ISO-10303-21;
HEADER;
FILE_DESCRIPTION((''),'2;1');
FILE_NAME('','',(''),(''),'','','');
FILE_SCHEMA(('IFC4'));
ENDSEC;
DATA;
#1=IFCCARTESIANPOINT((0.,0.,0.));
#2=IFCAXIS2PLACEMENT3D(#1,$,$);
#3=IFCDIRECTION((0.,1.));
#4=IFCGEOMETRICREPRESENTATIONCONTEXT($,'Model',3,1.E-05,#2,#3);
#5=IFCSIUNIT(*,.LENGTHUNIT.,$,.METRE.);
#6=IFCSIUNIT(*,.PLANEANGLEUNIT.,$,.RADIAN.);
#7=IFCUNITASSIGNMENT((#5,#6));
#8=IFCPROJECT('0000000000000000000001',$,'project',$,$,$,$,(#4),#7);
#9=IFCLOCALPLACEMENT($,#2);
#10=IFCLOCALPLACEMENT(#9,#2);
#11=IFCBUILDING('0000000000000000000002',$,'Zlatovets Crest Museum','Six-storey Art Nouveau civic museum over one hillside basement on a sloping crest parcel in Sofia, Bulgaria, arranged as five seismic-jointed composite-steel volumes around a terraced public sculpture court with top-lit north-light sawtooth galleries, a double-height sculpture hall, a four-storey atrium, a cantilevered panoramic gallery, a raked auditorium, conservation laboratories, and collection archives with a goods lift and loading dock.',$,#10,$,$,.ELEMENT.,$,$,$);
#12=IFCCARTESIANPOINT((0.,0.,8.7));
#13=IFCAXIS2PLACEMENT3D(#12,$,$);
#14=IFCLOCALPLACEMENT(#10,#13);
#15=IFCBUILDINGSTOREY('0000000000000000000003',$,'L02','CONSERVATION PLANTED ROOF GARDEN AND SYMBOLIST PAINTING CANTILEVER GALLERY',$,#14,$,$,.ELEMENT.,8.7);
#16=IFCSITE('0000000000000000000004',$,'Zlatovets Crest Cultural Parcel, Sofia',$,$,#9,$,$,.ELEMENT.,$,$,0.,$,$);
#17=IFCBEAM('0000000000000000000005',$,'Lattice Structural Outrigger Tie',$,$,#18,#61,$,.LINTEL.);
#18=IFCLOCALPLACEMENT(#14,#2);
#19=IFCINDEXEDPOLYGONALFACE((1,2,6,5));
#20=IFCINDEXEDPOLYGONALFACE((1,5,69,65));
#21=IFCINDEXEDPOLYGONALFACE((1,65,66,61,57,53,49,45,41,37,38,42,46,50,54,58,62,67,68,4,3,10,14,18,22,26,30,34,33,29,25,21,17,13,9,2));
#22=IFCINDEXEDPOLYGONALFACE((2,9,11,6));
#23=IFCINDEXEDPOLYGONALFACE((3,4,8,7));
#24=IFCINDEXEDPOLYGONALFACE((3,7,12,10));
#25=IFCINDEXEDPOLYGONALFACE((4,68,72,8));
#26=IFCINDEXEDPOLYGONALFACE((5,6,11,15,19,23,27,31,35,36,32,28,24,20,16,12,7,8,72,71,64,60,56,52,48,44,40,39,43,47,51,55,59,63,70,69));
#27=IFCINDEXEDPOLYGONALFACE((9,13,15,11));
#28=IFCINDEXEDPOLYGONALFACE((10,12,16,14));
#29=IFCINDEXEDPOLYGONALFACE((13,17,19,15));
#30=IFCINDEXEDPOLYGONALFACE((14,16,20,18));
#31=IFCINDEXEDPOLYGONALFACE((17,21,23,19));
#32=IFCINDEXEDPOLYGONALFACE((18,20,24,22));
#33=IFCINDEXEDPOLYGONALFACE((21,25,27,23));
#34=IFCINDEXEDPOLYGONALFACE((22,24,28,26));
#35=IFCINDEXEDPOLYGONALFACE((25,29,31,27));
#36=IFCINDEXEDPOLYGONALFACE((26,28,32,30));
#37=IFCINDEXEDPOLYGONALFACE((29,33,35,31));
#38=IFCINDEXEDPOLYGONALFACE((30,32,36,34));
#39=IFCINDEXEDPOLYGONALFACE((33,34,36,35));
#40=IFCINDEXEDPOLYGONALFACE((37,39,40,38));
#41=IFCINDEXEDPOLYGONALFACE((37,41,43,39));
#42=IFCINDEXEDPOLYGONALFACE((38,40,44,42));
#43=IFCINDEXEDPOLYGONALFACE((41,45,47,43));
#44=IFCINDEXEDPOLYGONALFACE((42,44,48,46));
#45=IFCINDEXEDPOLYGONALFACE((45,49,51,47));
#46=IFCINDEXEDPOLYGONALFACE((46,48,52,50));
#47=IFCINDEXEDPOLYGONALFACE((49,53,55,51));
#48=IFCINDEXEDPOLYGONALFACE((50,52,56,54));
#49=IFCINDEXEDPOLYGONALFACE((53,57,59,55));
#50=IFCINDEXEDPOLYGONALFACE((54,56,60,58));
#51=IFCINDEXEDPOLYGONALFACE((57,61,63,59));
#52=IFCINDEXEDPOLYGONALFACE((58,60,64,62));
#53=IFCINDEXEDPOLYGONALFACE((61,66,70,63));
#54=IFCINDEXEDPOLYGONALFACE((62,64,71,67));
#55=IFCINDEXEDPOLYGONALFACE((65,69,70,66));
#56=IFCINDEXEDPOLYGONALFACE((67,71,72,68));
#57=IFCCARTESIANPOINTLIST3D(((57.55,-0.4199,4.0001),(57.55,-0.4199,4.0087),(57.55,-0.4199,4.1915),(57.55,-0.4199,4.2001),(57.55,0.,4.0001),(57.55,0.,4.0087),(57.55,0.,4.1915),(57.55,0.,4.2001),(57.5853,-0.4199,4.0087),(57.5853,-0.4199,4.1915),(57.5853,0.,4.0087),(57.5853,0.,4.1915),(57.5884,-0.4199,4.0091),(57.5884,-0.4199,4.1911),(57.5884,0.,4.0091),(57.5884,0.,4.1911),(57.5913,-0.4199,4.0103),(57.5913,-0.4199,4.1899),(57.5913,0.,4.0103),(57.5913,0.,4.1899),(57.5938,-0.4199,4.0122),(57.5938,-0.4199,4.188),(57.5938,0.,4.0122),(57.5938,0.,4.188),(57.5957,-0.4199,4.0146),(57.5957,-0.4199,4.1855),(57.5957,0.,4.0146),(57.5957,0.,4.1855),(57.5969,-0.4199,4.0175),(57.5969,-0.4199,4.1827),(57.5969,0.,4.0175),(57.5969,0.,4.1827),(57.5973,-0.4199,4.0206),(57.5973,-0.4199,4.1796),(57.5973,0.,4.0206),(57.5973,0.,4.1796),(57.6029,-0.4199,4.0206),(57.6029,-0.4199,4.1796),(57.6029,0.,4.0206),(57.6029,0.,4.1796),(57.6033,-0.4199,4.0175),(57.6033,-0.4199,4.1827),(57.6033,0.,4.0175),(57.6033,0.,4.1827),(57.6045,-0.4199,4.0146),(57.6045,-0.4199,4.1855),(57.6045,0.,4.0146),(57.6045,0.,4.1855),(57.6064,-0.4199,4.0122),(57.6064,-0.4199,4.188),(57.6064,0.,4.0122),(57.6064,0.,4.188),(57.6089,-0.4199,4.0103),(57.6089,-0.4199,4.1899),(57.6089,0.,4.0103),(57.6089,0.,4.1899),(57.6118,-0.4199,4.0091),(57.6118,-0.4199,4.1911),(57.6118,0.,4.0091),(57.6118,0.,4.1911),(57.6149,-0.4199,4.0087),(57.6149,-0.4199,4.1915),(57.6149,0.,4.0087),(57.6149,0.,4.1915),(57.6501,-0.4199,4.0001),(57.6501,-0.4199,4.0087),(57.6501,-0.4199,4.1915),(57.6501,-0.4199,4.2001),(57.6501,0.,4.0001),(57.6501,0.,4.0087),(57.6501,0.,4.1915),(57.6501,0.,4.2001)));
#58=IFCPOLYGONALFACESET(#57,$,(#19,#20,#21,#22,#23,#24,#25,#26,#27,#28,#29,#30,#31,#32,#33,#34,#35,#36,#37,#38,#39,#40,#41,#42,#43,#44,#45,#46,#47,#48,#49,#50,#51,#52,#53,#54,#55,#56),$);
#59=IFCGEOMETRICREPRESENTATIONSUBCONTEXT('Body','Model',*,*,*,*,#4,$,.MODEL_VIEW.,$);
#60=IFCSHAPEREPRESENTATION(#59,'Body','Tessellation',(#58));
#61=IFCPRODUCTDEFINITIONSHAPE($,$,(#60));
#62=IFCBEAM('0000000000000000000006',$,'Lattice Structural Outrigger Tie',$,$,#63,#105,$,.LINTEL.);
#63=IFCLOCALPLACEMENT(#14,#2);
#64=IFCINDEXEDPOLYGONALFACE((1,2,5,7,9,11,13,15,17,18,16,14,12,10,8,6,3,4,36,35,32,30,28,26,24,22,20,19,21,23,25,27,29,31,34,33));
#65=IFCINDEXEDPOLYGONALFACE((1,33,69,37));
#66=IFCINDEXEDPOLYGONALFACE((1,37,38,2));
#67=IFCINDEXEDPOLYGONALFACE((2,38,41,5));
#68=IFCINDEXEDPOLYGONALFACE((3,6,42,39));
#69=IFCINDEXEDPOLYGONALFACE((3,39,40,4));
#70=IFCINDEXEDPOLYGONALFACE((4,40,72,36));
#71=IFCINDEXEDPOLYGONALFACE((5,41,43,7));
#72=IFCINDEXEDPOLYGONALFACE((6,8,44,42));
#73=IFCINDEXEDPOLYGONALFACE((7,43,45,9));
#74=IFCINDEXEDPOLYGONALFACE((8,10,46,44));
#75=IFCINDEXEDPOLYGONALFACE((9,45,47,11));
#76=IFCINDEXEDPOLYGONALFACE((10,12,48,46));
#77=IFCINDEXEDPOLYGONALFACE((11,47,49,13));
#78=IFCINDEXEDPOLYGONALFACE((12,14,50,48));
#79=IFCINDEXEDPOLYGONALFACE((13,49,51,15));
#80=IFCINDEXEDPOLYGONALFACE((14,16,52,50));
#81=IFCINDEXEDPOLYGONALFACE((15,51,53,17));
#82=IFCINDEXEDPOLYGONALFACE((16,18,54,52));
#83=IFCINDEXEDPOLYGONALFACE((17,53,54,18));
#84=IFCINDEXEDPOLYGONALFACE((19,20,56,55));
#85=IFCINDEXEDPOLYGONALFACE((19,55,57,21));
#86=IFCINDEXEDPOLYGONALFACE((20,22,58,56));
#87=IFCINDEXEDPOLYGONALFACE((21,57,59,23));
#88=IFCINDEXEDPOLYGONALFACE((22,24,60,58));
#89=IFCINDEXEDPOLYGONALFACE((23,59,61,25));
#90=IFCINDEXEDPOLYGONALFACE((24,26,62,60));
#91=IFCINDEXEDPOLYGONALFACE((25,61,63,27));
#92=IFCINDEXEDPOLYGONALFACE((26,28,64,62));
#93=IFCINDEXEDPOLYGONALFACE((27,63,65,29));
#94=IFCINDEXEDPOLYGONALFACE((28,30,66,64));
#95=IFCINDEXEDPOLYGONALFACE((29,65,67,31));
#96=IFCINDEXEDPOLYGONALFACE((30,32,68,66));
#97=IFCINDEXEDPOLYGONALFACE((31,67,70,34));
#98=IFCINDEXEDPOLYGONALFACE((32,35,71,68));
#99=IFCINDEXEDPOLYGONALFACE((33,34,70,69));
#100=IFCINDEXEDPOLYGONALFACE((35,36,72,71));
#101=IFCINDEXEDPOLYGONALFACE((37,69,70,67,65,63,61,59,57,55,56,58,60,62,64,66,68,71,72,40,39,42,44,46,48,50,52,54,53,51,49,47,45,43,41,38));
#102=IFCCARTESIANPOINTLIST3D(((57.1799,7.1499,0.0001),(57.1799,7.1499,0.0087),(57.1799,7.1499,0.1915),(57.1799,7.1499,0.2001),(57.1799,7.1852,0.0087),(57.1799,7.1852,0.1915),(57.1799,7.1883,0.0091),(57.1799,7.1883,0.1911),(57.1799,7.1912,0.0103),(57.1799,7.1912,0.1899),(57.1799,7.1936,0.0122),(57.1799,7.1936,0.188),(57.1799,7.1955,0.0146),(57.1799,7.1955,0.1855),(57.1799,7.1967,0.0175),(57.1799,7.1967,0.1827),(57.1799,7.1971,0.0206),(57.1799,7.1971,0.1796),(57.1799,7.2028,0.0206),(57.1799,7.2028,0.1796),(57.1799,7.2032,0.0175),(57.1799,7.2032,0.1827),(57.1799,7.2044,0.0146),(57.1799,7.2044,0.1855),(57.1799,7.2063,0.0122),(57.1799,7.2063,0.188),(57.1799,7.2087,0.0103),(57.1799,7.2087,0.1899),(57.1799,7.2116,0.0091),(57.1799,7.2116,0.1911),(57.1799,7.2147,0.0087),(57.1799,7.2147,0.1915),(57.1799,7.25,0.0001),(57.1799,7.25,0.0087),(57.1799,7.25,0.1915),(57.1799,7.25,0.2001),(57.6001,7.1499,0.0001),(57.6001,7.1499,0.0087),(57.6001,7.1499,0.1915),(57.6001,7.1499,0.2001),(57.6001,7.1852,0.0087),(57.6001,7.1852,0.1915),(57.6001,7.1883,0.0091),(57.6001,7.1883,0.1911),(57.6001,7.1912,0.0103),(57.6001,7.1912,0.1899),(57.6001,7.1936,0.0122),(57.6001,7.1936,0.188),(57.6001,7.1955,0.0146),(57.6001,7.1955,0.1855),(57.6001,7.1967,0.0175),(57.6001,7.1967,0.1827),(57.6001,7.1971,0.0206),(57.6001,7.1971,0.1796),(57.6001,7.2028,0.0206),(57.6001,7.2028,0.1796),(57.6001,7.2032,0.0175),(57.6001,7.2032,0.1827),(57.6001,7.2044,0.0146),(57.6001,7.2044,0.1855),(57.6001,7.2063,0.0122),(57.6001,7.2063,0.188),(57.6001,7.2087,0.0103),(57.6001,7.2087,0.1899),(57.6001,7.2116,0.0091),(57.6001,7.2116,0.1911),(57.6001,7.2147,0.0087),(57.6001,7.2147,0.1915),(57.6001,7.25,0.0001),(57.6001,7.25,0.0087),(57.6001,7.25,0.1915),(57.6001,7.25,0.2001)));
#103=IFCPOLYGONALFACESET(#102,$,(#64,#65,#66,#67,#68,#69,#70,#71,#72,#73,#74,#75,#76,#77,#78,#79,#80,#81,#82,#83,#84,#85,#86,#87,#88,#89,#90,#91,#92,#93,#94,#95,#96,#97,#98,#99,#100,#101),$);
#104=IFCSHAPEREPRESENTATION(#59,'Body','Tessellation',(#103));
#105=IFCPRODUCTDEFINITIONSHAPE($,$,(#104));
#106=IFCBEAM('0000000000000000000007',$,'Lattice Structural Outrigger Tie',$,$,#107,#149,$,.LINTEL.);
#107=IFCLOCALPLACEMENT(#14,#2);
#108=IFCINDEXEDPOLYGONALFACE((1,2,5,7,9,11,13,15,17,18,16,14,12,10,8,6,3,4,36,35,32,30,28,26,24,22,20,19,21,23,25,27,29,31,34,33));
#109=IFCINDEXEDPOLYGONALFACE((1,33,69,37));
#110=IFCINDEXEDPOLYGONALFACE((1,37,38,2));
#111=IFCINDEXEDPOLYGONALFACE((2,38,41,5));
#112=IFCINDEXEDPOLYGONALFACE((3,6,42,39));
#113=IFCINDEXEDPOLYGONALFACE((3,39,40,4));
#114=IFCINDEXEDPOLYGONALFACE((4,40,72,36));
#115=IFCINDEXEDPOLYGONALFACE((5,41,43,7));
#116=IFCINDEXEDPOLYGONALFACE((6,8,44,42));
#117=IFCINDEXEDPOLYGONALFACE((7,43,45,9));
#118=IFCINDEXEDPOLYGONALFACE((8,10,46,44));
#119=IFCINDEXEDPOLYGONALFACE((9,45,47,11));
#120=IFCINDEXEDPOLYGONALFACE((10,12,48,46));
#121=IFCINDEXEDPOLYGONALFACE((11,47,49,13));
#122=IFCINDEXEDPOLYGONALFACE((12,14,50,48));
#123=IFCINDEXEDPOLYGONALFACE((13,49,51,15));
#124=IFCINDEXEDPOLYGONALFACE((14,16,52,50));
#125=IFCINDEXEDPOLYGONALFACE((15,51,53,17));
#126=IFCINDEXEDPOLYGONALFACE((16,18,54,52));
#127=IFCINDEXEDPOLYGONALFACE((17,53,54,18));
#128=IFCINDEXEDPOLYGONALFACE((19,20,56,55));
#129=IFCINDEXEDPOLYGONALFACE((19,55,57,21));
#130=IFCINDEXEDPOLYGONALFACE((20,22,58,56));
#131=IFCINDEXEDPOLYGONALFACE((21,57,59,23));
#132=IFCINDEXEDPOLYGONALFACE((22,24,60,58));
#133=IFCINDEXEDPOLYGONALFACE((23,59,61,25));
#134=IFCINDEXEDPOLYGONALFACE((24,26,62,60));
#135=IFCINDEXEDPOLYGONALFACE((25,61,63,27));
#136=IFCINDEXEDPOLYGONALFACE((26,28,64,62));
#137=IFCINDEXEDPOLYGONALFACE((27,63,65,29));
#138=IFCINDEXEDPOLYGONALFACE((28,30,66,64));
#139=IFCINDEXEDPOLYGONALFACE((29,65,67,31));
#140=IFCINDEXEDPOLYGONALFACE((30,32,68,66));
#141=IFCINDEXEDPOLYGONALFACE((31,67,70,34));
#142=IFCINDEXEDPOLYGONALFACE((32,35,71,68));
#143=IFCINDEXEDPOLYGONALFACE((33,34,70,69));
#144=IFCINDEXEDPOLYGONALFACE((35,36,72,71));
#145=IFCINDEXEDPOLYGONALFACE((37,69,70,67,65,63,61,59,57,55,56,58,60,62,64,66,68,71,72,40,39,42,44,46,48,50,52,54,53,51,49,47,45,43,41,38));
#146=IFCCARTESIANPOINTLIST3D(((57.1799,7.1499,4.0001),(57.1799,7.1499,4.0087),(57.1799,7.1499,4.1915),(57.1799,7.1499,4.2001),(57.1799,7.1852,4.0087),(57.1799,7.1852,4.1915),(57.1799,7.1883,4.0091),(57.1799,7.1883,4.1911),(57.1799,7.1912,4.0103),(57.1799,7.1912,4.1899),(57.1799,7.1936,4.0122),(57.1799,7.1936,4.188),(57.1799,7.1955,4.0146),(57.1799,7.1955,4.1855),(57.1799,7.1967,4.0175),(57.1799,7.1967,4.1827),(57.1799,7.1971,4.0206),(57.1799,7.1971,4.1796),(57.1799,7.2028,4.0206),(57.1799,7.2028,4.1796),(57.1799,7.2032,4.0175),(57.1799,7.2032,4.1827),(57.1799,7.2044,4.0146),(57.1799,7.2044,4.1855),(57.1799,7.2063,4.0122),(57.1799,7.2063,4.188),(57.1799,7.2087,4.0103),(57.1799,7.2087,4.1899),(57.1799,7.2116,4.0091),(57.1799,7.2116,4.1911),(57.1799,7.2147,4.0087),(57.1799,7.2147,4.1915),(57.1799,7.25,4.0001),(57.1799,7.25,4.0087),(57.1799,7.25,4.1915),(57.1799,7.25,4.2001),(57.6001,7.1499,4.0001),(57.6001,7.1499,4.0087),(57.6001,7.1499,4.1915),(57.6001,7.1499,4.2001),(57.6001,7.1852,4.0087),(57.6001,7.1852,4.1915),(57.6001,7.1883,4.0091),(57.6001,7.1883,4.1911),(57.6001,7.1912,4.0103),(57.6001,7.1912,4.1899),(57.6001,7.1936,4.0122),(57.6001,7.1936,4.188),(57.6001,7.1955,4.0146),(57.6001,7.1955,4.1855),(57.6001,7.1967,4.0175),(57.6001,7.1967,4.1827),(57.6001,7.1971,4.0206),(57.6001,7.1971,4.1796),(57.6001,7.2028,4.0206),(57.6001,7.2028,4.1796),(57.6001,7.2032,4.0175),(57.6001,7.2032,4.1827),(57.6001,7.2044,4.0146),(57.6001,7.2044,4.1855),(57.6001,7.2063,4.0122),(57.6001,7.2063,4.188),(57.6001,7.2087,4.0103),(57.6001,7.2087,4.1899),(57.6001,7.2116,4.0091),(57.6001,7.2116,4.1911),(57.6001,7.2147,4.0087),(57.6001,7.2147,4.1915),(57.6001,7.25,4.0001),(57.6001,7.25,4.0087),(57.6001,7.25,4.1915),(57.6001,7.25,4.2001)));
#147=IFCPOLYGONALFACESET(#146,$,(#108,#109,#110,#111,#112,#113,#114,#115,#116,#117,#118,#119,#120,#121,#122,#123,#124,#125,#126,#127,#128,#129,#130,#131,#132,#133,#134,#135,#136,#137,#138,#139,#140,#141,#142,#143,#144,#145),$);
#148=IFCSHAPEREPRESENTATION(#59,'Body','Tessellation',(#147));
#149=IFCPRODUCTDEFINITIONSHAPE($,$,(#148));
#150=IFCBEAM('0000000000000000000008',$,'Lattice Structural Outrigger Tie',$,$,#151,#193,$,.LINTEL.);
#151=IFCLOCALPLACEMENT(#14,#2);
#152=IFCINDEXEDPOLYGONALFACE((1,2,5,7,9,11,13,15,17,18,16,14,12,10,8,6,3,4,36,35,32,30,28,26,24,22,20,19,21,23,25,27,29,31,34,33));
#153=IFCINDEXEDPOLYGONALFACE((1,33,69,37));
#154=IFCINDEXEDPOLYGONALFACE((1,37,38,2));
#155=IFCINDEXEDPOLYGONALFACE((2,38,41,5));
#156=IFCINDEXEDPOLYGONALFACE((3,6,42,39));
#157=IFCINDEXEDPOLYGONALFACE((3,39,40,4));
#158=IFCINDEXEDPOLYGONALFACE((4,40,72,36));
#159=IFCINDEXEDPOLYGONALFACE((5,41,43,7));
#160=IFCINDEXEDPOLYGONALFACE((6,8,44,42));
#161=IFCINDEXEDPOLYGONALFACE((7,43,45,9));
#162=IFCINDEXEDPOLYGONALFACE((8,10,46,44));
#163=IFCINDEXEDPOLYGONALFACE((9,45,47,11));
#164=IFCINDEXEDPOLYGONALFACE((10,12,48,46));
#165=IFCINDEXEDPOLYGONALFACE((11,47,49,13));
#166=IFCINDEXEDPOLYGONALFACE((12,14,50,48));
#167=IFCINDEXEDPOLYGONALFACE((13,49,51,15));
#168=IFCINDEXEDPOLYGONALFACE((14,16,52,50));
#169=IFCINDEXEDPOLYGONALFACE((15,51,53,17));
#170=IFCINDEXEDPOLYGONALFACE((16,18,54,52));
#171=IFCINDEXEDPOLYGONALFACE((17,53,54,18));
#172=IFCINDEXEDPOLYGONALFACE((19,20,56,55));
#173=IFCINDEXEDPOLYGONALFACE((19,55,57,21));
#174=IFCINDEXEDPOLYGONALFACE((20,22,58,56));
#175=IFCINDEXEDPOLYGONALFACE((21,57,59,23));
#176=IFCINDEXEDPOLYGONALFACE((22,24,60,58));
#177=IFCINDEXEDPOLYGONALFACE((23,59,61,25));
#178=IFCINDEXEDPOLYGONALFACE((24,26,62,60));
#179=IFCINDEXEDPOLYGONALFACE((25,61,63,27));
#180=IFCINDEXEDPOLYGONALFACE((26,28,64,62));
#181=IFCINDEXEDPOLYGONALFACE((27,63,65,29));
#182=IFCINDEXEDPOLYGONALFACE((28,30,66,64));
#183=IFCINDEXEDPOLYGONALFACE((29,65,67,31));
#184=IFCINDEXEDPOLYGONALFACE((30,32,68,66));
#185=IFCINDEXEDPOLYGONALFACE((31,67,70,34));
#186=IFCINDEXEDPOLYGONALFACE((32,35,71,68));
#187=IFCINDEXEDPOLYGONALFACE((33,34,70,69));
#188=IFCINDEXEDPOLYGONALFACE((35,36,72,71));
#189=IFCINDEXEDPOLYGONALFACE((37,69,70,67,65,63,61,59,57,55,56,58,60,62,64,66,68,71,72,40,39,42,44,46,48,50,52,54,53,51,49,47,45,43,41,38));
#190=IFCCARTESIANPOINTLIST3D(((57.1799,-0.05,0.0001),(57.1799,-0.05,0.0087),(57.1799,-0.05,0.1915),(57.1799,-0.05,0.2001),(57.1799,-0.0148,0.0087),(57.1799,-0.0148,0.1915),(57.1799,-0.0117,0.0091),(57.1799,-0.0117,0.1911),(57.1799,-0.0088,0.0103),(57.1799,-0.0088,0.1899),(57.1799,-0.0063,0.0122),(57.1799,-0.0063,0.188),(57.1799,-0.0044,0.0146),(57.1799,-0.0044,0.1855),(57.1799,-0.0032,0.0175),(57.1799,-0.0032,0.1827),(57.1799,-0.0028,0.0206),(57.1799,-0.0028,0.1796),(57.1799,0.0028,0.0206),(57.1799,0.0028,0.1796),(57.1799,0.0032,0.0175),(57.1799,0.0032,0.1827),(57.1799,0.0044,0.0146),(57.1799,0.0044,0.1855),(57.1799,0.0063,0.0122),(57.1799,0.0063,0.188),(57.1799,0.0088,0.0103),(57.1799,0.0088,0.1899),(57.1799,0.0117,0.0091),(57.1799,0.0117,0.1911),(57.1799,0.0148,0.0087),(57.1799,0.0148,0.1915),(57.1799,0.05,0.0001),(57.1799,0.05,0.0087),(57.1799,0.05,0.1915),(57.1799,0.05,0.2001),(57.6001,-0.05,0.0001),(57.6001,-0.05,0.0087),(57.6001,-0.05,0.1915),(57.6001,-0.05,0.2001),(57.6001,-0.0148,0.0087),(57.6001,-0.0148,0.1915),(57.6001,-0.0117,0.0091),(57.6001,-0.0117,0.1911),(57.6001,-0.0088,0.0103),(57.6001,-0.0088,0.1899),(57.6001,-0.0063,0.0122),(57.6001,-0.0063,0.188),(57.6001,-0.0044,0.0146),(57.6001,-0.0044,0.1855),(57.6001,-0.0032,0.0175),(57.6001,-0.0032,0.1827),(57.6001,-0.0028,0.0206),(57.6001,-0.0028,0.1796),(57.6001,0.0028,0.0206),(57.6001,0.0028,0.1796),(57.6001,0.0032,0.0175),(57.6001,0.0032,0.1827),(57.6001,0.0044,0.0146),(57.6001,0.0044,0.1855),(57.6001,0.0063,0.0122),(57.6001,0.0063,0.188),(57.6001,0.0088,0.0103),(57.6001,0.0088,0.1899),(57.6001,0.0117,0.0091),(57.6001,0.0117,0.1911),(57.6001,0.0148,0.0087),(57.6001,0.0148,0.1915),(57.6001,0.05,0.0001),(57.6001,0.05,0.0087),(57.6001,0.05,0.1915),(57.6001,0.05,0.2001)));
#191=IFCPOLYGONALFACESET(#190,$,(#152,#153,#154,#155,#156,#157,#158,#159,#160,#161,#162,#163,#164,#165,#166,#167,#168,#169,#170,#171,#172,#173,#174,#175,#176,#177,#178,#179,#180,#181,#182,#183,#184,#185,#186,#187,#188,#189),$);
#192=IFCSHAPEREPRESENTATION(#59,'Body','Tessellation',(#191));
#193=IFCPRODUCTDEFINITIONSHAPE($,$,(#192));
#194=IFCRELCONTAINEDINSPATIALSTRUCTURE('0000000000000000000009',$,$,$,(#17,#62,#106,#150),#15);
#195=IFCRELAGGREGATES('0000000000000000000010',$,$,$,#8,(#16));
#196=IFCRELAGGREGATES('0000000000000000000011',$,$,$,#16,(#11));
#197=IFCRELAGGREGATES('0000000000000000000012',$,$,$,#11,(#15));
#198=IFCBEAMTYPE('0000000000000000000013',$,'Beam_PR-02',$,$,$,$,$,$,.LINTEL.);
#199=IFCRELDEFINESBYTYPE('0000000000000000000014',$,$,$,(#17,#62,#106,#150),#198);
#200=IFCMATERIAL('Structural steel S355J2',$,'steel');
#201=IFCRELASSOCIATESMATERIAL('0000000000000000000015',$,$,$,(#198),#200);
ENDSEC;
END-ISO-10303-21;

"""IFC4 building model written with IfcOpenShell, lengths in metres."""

from ifc_helpers import new_model, si_unit, direction, frame, origin, origin_2d, place, context, subcontext, project, spatial, i_section, extrude, material, material_profile, profile_set, type_object, element, save


model = new_model("IFC4")

# Units and contexts
model_context = context("Model", 3, precision=1e-05, world=origin(), true_north=direction((0.0, 1.0)))
body_context = subcontext(model_context, "Body", "Model", "MODEL_VIEW")
ifc_project = project(units=[si_unit("LENGTHUNIT", "METRE"), si_unit("PLANEANGLEUNIT", "RADIAN")], contexts=[model_context])

# Site, building, storey
site_placement = place(None, origin())
site = spatial("IfcSite", under=ifc_project, at=site_placement, Name="Zlatovets Crest Cultural Parcel, Sofia", CompositionType="ELEMENT", RefElevation=0.0)
building_placement = place(site_placement, origin())
building = spatial("IfcBuilding", under=site, at=building_placement, Name="Zlatovets Crest Museum", Description="Six-storey Art Nouveau civic museum over one hillside basement on a sloping crest parcel in Sofia, Bulgaria, arranged as five seismic-jointed composite-steel volumes around a terraced public sculpture court with top-lit north-light sawtooth galleries, a double-height sculpture hall, a four-storey atrium, a cantilevered panoramic gallery, a raked auditorium, conservation laboratories, and collection archives with a goods lift and loading dock.", CompositionType="ELEMENT")
storey_placement = place(building_placement, frame((0.0, 0.0, 8.7)))
storey = spatial("IfcBuildingStorey", under=building, at=storey_placement, Name="L02", Description="CONSERVATION PLANTED ROOF GARDEN AND SYMBOLIST PAINTING CANTILEVER GALLERY", CompositionType="ELEMENT", Elevation=8.7)

# Shared definitions
ifc_material_1 = material(Name="Structural steel S355J2", Category="steel")

# Beams
ifc_material_profile_1 = material_profile(ifc_material_1, i_section(OverallWidth=0.1001, OverallDepth=0.2, WebThickness=0.0056, FlangeThickness=0.0085, FilletRadius=0.012, at=origin_2d()), Name="IPE 200")
ifc_profile_set_1 = profile_set([ifc_material_profile_1], Name="Structural steel S355J2")
beam_type_1 = type_object("IfcBeamType", Name="Beam_PR-02", PredefinedType="LINTEL", material=ifc_profile_set_1)
for number, where, z_axis, x_axis, name in (
    (1, (57.6001, 0.0, 4.1001), (0.0, -1.0, 0.0), (1.0, 0.0, 0.0), "Lattice Structural Outrigger Tie"),
):
    element("IfcBeam", number, at=place(storey_placement, frame(where, z_axis=z_axis, x_axis=x_axis)), inside=storey, type_object=beam_type_1, Name=name, PredefinedType="LINTEL", context=body_context, shape_type="SweptSolid", body=[
        extrude(i_section(OverallWidth=0.1001, OverallDepth=0.2, WebThickness=0.0056, FlangeThickness=0.0085, FilletRadius=0.012, at=origin_2d()), origin(), (0.0, 0.0, 1.0), 0.4199),
    ])
for number, where, z_axis, x_axis, name in (
    (2, (57.6001, 7.2, 0.1001), (-1.0, 0.0, 0.0), (0.0, -1.0, 0.0), "Lattice Structural Outrigger Tie"),
    (3, (57.6001, 7.2, 4.1001), (-1.0, 0.0, 0.0), (0.0, -1.0, 0.0), "Lattice Structural Outrigger Tie"),
    (4, (57.6001, 0.0, 0.1001), (-1.0, 0.0, 0.0), (0.0, -1.0, 0.0), "Lattice Structural Outrigger Tie"),
):
    element("IfcBeam", number, at=place(storey_placement, frame(where, z_axis=z_axis, x_axis=x_axis)), inside=storey, type_object=beam_type_1, Name=name, PredefinedType="LINTEL", context=body_context, shape_type="SweptSolid", body=[
        extrude(i_section(OverallWidth=0.1001, OverallDepth=0.2, WebThickness=0.0056, FlangeThickness=0.0085, FilletRadius=0.012, at=origin_2d()), origin(), (0.0, 0.0, 1.0), 0.4202),
    ])

save(model, "model.ifc")
